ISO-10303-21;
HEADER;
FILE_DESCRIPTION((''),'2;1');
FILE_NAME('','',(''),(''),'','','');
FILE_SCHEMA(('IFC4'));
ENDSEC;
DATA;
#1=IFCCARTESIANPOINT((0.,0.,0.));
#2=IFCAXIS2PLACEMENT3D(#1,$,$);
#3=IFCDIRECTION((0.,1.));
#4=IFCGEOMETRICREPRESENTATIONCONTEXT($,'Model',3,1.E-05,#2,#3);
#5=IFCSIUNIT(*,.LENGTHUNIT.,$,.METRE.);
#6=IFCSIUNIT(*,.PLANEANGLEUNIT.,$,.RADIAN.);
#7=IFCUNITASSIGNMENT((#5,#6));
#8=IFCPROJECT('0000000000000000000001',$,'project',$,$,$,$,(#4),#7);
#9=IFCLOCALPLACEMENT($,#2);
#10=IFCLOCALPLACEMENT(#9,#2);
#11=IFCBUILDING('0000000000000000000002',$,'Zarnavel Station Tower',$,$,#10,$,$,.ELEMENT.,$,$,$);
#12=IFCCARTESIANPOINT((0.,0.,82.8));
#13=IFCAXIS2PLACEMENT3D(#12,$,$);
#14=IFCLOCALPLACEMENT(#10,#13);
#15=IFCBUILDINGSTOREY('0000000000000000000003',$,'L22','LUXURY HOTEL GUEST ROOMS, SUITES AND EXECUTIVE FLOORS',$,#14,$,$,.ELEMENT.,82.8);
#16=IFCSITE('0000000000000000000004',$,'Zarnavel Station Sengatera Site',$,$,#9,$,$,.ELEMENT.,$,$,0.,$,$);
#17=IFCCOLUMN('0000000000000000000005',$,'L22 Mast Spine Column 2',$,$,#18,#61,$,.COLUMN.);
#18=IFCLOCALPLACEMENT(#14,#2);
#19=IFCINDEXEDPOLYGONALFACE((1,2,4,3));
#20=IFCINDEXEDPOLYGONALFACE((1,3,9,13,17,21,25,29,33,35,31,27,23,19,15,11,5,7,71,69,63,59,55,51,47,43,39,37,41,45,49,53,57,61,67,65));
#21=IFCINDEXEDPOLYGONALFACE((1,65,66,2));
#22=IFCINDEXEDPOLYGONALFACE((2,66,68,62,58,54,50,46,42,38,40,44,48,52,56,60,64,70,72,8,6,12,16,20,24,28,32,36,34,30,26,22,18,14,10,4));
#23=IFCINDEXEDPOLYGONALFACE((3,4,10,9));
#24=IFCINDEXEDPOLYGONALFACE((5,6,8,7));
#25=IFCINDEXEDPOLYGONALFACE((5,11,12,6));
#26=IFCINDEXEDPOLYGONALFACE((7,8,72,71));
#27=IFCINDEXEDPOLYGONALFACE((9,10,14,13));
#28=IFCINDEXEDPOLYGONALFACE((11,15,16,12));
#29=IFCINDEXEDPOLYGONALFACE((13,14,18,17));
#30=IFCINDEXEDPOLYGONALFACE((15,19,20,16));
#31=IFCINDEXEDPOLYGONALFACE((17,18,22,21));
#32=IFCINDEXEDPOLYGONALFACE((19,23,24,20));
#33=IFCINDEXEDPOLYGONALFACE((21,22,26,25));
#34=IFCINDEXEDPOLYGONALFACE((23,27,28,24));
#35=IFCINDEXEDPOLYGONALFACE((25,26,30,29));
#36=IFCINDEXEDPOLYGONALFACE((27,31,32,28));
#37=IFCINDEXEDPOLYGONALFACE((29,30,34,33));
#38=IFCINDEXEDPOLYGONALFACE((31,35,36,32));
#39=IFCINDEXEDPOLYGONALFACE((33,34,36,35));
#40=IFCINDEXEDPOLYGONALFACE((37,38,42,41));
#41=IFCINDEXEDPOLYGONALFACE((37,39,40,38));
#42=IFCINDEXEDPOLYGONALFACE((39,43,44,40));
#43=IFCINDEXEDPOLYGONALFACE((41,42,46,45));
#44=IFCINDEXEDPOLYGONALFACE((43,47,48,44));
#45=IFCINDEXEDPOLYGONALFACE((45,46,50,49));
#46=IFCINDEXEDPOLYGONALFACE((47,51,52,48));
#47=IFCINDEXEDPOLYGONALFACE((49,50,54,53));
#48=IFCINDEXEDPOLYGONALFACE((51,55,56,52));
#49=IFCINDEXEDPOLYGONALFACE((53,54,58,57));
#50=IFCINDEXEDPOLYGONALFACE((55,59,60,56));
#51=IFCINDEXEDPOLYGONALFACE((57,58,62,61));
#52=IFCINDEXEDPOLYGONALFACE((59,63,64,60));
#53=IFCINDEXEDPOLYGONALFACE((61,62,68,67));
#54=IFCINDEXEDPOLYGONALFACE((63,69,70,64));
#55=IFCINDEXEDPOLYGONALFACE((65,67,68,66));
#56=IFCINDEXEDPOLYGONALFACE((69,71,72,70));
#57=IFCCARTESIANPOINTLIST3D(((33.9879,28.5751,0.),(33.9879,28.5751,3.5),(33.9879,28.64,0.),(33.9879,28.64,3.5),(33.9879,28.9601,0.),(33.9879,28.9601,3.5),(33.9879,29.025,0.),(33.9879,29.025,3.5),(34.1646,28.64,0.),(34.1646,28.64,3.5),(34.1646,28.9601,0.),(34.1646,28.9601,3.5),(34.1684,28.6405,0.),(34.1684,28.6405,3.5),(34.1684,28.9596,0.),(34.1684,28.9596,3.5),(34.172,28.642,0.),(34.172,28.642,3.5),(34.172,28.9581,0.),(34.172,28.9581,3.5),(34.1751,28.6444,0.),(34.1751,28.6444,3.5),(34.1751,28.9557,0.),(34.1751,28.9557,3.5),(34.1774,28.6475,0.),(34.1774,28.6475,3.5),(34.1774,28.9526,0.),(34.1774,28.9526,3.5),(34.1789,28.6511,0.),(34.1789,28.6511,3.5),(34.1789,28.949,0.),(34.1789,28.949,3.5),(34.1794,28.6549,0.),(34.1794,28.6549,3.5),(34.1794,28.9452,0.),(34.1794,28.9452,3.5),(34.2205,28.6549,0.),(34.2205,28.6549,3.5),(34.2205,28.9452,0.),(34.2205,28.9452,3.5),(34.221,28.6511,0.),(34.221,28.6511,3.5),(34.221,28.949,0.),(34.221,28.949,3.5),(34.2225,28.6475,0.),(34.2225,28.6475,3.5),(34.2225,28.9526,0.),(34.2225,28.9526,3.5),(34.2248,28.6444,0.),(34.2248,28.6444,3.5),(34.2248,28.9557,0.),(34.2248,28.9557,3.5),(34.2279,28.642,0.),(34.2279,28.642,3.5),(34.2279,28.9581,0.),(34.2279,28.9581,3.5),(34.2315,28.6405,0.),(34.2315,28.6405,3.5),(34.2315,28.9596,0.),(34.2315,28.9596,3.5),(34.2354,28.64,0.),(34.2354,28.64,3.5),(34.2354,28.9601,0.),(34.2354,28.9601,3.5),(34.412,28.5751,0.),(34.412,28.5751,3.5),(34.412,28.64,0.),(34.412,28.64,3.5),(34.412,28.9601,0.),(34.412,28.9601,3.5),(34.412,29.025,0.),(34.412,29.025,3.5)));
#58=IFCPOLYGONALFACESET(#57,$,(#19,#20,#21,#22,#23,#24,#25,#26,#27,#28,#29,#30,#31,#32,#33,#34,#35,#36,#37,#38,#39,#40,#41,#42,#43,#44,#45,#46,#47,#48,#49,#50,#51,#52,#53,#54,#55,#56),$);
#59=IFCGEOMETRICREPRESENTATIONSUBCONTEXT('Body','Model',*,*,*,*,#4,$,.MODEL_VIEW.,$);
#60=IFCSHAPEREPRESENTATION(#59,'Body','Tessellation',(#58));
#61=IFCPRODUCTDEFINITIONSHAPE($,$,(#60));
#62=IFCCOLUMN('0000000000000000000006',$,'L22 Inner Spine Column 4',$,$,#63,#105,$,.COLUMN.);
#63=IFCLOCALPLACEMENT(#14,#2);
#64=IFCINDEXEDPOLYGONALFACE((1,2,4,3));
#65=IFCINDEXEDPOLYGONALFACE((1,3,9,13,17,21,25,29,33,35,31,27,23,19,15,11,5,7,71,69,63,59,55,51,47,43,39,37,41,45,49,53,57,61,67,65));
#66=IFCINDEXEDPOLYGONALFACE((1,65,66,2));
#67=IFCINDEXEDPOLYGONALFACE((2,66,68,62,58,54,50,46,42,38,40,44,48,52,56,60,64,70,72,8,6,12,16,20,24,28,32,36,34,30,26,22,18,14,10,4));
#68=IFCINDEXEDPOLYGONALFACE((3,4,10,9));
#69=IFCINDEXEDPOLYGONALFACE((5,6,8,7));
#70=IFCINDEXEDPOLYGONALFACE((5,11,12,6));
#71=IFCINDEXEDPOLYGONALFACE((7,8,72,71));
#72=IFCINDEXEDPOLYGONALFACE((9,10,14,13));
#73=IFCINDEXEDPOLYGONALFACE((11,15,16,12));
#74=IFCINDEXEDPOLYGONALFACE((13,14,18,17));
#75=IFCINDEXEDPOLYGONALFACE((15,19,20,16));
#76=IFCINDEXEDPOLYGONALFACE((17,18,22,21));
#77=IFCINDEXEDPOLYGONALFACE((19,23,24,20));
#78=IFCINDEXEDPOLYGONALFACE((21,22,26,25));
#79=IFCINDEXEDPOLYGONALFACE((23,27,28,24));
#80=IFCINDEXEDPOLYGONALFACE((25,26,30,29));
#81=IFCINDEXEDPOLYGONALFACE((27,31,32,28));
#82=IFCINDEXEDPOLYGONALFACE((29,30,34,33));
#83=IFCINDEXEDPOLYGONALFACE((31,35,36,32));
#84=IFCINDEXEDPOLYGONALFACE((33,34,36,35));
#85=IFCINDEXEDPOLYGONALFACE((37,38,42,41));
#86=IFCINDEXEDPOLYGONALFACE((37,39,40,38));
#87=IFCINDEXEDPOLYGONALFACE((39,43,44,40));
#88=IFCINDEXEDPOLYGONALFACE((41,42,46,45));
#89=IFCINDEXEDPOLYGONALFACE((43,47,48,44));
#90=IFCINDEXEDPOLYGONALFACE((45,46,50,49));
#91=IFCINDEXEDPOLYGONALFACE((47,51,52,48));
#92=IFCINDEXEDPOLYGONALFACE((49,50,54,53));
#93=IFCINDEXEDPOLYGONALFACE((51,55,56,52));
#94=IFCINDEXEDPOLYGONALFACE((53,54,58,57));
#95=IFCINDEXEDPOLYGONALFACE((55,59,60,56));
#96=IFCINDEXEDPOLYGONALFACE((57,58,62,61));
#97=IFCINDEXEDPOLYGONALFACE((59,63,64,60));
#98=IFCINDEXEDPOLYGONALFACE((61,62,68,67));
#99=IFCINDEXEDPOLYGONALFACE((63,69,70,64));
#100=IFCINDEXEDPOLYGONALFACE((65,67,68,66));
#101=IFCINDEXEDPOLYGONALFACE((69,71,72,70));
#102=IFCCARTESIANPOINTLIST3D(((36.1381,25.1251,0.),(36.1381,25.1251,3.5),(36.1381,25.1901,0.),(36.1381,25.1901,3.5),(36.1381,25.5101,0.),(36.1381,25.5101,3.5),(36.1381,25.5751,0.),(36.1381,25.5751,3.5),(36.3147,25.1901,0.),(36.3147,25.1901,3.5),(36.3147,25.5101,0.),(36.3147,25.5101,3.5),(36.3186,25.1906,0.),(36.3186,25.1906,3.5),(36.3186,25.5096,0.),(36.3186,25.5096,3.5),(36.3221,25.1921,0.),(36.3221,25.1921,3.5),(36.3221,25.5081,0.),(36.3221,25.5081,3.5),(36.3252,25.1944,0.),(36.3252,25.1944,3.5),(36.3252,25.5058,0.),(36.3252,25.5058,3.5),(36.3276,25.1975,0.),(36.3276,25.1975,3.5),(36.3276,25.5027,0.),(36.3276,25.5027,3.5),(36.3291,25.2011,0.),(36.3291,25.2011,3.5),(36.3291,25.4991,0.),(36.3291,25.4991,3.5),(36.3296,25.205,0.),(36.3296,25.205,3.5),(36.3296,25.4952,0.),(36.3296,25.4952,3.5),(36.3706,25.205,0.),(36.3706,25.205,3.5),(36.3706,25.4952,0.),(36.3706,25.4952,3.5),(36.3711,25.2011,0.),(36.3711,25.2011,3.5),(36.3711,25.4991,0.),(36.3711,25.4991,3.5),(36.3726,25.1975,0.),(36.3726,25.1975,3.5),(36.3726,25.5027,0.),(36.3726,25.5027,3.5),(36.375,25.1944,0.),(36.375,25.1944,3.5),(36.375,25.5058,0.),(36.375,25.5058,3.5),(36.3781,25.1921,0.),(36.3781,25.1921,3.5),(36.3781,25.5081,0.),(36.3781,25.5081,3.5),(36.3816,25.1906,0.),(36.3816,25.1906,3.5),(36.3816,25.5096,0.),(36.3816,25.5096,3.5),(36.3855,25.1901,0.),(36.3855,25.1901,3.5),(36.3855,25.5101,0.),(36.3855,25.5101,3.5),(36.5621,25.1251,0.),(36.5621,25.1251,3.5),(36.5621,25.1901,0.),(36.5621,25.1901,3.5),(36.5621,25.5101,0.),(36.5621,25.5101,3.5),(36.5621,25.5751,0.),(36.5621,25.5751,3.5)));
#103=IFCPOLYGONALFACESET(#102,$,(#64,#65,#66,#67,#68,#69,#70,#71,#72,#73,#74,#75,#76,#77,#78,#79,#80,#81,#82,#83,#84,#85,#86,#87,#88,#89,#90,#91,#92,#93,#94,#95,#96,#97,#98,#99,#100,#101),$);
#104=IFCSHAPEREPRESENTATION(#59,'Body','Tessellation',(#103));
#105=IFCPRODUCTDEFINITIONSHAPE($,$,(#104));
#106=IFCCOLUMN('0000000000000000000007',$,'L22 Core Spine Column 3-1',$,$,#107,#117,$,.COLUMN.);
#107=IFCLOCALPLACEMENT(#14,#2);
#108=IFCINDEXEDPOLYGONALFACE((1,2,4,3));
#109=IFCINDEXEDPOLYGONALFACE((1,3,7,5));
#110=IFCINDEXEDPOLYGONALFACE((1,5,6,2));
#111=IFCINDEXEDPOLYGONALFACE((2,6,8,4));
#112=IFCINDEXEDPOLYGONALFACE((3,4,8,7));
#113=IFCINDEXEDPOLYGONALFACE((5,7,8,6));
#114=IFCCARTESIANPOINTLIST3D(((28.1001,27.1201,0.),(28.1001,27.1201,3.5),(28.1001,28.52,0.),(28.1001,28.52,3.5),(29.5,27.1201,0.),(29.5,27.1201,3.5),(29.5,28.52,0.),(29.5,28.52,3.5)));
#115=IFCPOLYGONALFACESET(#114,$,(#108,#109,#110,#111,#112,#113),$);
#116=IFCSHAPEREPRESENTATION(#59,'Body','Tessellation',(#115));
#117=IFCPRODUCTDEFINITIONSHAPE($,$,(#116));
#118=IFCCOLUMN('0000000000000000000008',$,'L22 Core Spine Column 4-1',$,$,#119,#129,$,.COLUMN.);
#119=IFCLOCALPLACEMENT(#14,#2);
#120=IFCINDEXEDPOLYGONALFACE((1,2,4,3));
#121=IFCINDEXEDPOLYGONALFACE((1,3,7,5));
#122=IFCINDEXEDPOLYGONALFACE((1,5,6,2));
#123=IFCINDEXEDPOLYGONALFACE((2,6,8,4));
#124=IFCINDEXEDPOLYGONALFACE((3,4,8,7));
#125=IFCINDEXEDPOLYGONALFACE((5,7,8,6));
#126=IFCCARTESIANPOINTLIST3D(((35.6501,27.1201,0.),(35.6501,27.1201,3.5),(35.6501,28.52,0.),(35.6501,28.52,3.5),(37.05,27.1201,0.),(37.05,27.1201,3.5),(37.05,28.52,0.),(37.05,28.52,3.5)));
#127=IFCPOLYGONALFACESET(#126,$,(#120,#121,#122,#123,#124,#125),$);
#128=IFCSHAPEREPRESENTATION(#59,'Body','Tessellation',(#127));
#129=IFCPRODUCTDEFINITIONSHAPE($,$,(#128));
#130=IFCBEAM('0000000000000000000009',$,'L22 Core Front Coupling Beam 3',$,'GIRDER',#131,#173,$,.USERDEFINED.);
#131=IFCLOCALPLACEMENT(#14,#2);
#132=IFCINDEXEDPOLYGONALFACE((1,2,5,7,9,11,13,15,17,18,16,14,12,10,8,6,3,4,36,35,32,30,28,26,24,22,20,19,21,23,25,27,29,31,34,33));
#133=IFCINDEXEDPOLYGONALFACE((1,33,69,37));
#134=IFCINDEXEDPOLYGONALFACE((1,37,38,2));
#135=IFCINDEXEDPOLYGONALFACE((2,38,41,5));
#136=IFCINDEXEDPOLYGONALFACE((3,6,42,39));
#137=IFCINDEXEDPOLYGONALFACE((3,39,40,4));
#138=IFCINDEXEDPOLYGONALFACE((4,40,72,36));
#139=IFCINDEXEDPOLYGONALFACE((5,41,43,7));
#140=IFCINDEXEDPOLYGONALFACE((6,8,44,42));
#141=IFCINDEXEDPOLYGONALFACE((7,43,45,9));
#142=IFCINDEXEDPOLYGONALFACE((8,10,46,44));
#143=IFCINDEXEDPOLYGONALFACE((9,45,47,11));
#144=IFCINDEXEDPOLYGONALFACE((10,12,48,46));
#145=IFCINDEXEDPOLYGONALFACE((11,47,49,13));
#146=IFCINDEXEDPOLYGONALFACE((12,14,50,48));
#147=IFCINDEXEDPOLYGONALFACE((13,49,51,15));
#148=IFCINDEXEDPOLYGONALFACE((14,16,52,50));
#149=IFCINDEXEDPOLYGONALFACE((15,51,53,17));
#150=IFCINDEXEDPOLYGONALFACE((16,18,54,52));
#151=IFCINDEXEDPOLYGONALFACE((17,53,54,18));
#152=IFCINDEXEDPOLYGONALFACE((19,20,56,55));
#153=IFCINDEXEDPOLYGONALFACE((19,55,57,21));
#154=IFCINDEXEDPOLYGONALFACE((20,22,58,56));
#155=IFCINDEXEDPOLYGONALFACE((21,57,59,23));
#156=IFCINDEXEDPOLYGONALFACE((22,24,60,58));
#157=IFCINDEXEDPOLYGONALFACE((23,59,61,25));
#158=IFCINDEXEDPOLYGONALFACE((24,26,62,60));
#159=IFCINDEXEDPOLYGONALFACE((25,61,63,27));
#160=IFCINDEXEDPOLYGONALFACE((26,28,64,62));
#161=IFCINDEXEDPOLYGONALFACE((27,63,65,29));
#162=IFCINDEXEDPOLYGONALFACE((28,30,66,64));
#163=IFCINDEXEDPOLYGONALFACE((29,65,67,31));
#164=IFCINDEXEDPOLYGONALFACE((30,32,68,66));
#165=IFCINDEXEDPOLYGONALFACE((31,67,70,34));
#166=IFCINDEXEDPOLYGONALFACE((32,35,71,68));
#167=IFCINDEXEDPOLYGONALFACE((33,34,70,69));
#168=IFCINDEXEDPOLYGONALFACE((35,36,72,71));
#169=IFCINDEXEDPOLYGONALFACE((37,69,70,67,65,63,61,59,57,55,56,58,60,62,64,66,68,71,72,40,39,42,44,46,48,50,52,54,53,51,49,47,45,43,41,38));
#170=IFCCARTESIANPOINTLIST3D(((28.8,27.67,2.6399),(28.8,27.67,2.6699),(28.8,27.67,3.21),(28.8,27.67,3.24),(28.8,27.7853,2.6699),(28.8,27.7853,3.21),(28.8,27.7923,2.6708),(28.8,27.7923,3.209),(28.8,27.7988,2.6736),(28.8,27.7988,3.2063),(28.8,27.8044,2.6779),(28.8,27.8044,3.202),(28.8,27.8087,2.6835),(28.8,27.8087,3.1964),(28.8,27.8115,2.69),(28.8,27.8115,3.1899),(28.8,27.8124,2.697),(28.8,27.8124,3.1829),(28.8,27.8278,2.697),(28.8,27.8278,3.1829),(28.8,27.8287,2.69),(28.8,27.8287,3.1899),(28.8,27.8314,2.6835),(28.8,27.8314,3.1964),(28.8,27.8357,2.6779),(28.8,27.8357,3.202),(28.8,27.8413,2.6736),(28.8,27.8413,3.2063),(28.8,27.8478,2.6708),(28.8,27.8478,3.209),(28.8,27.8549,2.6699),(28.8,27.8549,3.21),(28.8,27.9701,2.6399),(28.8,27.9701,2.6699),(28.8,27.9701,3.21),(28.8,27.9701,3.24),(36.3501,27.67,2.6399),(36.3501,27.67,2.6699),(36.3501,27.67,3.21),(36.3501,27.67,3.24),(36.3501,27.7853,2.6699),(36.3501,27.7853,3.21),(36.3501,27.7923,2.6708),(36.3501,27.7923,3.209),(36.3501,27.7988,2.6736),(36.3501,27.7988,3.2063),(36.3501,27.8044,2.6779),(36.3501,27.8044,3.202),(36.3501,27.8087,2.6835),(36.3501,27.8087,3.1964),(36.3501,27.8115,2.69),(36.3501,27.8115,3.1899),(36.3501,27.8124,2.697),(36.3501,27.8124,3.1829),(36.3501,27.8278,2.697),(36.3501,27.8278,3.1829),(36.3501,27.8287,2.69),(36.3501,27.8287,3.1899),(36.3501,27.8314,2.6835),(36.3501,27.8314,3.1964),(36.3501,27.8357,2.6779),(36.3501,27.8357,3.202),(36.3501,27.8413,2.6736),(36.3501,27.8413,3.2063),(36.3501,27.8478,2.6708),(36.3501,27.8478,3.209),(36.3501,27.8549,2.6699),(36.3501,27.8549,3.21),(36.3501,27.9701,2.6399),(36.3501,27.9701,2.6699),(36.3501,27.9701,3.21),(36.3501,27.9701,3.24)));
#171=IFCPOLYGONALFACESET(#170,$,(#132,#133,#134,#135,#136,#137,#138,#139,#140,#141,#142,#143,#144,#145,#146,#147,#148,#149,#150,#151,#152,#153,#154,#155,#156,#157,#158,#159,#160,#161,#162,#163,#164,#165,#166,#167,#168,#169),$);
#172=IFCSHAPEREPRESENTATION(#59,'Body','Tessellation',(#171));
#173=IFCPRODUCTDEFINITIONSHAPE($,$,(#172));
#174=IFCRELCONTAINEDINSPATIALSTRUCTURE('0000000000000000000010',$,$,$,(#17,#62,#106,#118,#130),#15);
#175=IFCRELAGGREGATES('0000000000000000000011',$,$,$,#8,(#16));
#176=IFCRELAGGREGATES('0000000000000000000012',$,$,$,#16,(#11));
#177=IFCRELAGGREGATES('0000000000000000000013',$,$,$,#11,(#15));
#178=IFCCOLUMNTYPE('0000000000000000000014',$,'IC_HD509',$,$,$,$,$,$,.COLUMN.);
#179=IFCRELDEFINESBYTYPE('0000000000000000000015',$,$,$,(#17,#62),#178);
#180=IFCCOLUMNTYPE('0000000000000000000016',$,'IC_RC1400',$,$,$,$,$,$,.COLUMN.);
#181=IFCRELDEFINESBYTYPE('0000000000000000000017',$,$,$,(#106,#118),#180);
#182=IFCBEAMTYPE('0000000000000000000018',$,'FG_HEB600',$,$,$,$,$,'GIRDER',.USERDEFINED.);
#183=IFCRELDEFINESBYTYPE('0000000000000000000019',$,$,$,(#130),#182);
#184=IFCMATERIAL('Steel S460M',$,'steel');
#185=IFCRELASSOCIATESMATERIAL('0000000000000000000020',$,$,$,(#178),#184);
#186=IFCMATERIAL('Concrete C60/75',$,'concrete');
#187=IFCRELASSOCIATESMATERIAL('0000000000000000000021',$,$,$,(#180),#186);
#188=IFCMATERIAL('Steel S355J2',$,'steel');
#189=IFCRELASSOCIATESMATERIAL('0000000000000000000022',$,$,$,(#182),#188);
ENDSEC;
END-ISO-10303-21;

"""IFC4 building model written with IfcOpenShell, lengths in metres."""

from ifc_helpers import new_model, si_unit, direction, frame, origin, origin_2d, place, context, subcontext, project, spatial, rectangle, i_section, extrude, material, material_profile, profile_set, type_object, element, save


model = new_model("IFC4")

# Units and contexts
model_context = context("Model", 3, precision=1e-05, world=origin(), true_north=direction((0.0, 1.0)))
body_context = subcontext(model_context, "Body", "Model", "MODEL_VIEW")
ifc_project = project(units=[si_unit("LENGTHUNIT", "METRE"), si_unit("PLANEANGLEUNIT", "RADIAN")], contexts=[model_context])

# Site, building, storey
site_placement = place(None, origin())
site = spatial("IfcSite", under=ifc_project, at=site_placement, Name="Zarnavel Station Sengatera Site", CompositionType="ELEMENT", RefElevation=0.0)
building_placement = place(site_placement, origin())
building = spatial("IfcBuilding", under=site, at=building_placement, Name="Zarnavel Station Tower", CompositionType="ELEMENT")
storey_placement = place(building_placement, frame((0.0, 0.0, 82.8)))
storey = spatial("IfcBuildingStorey", under=building, at=storey_placement, Name="L22", Description="LUXURY HOTEL GUEST ROOMS, SUITES AND EXECUTIVE FLOORS", CompositionType="ELEMENT", Elevation=82.8)

# Columns
ifc_material_1 = material(Name="Steel S460M", Category="steel")
ifc_material_profile_1 = material_profile(ifc_material_1, i_section(OverallWidth=0.4241, OverallDepth=0.45, WebThickness=0.041, FlangeThickness=0.0649, FilletRadius=0.0149, at=origin_2d()), Name="HD400x509")
ifc_profile_set_1 = profile_set([ifc_material_profile_1], Name="Steel S460M")
column_type_1 = type_object("IfcColumnType", Name="IC_HD509", PredefinedType="COLUMN", material=ifc_profile_set_1)
for number, where, z_axis, x_axis, name in (
    (1, (34.2, 28.8, 0.0), (0.0, 0.0, 1.0), (1.0, 0.0, 0.0), "L22 Mast Spine Column 2"),
    (2, (36.3501, 25.3501, 0.0), (0.0, 0.0, 1.0), (1.0, 0.0, 0.0), "L22 Inner Spine Column 4"),
):
    element("IfcColumn", number, at=place(storey_placement, frame(where, z_axis=z_axis, x_axis=x_axis)), inside=storey, type_object=column_type_1, Name=name, PredefinedType="COLUMN", context=body_context, shape_type="SweptSolid", body=[
        extrude(i_section(OverallWidth=0.4241, OverallDepth=0.45, WebThickness=0.041, FlangeThickness=0.0649, FilletRadius=0.0149, at=origin_2d()), origin(), (0.0, 0.0, 1.0), 3.5),
    ])
ifc_material_2 = material(Name="Concrete C60/75", Category="concrete")
ifc_material_profile_2 = material_profile(ifc_material_2, rectangle(XDim=1.3999, YDim=1.3999, at=origin_2d()), Name="RC1400x1400")
ifc_profile_set_2 = profile_set([ifc_material_profile_2], Name="Concrete C60/75")
column_type_2 = type_object("IfcColumnType", Name="IC_RC1400", PredefinedType="COLUMN", material=ifc_profile_set_2)
for number, where, z_axis, x_axis, name in (
    (3, (28.8, 27.8201, 0.0), (0.0, 0.0, 1.0), (1.0, 0.0, 0.0), "L22 Core Spine Column 3-1"),
    (4, (36.3501, 27.8201, 0.0), (0.0, 0.0, 1.0), (1.0, 0.0, 0.0), "L22 Core Spine Column 4-1"),
):
    element("IfcColumn", number, at=place(storey_placement, frame(where, z_axis=z_axis, x_axis=x_axis)), inside=storey, type_object=column_type_2, Name=name, PredefinedType="COLUMN", context=body_context, shape_type="SweptSolid", body=[
        extrude(rectangle(XDim=1.3999, YDim=1.3999, at=origin_2d()), origin(), (0.0, 0.0, 1.0), 3.5),
    ])

# Beam
ifc_material_3 = material(Name="Steel S355J2", Category="steel")
ifc_material_profile_3 = material_profile(ifc_material_3, i_section(OverallWidth=0.3, OverallDepth=0.6001, WebThickness=0.0154, FlangeThickness=0.03, FilletRadius=0.0271, at=origin_2d()), Name="HEB600")
ifc_profile_set_3 = profile_set([ifc_material_profile_3], Name="Steel S355J2")
beam_type_1 = type_object("IfcBeamType", Name="FG_HEB600", ElementType="GIRDER", PredefinedType="USERDEFINED", material=ifc_profile_set_3)
beam_1_placement = place(storey_placement, frame((28.8, 27.8201, 2.9399), z_axis=(1.0, 0.0, 0.0), x_axis=(0.0, 1.0, 0.0)))
element("IfcBeam", 5, at=beam_1_placement, inside=storey, type_object=beam_type_1, Name="L22 Core Front Coupling Beam 3", ObjectType="GIRDER", PredefinedType="USERDEFINED", context=body_context, shape_type="SweptSolid", body=[
    extrude(i_section(OverallWidth=0.3, OverallDepth=0.6001, WebThickness=0.0154, FlangeThickness=0.03, FilletRadius=0.0271, at=origin_2d()), origin(), (0.0, 0.0, 1.0), 7.55),
])

save(model, "model.ifc")
